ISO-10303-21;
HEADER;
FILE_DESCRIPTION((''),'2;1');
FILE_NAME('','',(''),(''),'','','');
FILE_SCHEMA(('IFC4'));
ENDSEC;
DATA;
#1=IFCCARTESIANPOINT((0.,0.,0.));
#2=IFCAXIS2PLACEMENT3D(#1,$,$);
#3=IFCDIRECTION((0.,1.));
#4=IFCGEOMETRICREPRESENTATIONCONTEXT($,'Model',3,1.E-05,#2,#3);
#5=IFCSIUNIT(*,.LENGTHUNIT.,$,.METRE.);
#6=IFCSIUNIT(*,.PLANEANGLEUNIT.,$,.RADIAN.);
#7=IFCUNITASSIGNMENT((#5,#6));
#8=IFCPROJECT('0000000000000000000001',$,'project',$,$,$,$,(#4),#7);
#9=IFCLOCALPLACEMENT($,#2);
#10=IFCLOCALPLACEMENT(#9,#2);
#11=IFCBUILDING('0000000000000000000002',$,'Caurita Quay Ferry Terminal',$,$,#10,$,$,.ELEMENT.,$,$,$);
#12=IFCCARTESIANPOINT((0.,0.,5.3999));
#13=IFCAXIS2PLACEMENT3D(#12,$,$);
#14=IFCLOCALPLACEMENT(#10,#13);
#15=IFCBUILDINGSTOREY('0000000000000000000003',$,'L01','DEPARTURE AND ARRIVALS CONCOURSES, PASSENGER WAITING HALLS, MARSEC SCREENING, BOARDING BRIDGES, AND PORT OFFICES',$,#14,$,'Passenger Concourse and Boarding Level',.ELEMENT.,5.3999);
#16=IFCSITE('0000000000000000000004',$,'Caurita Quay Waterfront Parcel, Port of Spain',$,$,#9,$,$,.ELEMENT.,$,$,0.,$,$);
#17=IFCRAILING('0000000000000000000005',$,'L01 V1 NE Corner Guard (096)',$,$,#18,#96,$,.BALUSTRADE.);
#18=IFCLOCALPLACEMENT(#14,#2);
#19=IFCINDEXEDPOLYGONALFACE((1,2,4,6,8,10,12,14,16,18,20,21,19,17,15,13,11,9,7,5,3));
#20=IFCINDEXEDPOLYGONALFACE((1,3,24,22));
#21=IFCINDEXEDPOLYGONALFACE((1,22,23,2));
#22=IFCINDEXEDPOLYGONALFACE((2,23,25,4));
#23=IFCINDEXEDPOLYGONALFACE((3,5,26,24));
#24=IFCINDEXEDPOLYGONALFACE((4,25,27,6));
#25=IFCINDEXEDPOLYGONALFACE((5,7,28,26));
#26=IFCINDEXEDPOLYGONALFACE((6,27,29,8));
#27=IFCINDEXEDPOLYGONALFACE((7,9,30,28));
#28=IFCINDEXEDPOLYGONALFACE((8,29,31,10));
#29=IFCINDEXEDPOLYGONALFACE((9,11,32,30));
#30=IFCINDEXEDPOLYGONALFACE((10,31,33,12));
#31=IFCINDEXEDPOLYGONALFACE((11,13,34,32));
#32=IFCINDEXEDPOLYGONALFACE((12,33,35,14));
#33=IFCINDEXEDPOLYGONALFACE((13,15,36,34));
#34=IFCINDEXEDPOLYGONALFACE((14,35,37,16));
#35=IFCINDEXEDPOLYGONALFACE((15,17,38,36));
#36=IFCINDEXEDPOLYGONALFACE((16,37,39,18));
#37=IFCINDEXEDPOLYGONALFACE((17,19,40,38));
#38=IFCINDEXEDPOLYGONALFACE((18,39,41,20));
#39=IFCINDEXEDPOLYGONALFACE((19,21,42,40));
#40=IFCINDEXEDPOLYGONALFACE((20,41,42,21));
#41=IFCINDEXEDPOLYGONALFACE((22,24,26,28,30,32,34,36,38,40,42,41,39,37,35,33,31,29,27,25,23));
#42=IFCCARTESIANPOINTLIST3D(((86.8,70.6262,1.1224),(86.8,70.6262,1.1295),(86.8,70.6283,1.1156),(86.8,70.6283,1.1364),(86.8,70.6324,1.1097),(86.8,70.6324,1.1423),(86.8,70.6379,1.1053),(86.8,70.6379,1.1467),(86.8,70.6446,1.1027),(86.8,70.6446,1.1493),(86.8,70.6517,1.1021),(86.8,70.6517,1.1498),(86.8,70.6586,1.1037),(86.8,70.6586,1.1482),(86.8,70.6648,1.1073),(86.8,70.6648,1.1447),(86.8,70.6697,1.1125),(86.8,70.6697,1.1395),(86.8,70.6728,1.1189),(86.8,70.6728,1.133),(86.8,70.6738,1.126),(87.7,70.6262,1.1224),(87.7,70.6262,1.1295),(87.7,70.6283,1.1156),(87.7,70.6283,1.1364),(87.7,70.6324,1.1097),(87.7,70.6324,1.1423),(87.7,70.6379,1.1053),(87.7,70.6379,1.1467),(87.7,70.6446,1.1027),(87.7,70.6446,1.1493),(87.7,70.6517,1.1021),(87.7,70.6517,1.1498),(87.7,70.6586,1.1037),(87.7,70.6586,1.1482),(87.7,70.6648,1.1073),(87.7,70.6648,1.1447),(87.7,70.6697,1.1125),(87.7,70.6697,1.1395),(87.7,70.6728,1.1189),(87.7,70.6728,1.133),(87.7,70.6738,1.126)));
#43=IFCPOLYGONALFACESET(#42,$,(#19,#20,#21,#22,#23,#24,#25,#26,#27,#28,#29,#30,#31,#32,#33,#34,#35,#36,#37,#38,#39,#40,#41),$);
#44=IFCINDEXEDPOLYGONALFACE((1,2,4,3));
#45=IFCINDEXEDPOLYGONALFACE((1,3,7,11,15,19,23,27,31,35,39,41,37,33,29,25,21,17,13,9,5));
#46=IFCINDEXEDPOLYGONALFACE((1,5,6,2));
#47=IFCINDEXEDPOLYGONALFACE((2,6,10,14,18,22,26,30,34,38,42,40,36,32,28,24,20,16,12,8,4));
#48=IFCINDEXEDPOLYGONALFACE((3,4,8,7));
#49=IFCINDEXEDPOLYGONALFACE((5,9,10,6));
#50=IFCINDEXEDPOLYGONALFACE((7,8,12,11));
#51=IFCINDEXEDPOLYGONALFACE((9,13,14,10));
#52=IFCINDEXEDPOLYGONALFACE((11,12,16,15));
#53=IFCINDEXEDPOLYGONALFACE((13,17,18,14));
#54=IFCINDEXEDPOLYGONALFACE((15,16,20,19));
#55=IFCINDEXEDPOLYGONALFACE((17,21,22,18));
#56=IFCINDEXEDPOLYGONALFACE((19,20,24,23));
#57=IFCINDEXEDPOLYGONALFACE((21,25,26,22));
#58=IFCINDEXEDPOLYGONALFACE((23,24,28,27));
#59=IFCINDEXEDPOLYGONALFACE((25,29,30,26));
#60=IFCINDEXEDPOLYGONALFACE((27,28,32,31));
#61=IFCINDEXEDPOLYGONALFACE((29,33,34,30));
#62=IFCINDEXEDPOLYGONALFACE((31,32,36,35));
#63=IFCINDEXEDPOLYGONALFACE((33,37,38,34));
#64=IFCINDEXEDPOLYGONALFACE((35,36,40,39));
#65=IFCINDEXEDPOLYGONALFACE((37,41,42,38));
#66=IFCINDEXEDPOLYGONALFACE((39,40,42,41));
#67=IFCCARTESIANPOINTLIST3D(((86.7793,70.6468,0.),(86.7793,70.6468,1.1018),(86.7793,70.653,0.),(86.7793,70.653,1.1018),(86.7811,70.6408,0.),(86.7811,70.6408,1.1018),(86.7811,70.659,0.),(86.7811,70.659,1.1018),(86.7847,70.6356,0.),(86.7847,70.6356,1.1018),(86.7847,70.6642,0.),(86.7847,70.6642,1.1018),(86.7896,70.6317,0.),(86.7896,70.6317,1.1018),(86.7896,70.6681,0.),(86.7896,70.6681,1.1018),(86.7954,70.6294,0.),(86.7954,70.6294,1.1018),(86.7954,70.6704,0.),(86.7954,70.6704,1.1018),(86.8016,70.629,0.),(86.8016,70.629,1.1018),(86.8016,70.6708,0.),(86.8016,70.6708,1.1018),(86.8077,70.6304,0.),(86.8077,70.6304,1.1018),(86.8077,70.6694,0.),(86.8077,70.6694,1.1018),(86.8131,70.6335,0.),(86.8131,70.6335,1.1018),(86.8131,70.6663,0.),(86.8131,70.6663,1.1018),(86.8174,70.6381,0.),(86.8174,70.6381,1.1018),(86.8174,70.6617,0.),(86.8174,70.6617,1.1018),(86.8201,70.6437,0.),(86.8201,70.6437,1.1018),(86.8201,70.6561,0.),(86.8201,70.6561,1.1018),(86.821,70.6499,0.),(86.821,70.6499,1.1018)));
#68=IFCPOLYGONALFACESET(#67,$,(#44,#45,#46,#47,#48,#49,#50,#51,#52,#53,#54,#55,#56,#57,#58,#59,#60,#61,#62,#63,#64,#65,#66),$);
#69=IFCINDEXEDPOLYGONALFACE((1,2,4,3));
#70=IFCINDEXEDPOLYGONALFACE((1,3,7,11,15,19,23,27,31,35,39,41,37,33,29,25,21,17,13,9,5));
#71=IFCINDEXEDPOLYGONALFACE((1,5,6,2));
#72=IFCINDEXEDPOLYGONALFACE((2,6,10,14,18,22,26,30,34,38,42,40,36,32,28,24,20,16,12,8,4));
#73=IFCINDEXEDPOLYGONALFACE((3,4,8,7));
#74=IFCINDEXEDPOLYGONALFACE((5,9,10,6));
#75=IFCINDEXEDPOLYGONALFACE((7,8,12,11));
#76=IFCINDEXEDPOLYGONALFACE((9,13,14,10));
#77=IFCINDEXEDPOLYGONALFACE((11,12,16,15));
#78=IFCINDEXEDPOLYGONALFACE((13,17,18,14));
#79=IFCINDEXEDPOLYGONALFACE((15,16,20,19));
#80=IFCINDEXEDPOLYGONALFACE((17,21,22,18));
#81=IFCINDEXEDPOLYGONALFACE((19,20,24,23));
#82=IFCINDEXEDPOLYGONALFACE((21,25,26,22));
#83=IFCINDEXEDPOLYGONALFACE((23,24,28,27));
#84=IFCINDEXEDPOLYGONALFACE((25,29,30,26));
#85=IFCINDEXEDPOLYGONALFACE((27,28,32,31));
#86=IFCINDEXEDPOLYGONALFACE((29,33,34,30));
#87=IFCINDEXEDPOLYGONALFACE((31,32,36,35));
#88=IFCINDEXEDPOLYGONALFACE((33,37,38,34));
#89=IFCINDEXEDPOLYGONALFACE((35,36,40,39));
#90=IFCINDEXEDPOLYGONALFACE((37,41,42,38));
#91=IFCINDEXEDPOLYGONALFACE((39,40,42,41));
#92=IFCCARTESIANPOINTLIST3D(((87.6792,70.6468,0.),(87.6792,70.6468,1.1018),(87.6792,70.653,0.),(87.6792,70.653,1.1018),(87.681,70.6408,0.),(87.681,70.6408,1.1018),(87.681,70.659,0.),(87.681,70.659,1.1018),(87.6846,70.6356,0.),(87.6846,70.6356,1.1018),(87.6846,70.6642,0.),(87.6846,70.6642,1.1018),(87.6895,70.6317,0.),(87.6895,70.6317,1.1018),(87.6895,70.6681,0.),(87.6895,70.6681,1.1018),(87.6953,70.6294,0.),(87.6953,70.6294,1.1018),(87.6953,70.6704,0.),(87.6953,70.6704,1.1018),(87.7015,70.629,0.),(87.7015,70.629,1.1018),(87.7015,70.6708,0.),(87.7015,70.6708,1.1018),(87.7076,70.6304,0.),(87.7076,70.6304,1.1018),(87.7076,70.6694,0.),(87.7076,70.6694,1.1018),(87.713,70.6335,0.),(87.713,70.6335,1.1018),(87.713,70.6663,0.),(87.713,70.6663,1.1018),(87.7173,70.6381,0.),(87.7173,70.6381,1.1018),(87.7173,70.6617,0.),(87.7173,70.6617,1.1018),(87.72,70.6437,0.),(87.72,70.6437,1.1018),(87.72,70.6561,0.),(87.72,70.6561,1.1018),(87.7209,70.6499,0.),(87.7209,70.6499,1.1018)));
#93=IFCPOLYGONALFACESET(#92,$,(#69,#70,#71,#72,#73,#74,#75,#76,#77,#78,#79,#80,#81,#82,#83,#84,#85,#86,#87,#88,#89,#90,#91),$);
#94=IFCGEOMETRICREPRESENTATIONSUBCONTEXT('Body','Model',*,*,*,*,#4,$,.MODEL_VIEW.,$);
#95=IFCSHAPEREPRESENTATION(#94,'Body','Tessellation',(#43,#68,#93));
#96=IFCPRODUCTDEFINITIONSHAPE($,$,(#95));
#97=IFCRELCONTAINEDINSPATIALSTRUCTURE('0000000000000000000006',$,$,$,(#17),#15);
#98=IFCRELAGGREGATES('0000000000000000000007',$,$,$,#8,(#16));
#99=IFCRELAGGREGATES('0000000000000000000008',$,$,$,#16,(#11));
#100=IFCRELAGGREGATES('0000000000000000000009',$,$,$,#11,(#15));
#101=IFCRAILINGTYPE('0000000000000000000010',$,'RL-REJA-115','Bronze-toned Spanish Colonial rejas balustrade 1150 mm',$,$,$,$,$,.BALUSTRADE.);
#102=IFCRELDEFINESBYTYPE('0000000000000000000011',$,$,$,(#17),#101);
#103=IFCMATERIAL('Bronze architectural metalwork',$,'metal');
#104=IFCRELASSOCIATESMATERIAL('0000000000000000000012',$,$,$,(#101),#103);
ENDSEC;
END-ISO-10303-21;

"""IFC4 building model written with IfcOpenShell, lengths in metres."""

from ifc_helpers import new_model, si_unit, direction, frame, origin, origin_2d, place, context, subcontext, project, spatial, circle, extrude, material, type_object, element, save


model = new_model("IFC4")

# Units and contexts
model_context = context("Model", 3, precision=1e-05, world=origin(), true_north=direction((0.0, 1.0)))
body_context = subcontext(model_context, "Body", "Model", "MODEL_VIEW")
ifc_project = project(units=[si_unit("LENGTHUNIT", "METRE"), si_unit("PLANEANGLEUNIT", "RADIAN")], contexts=[model_context])

# Site, building, storey
site_placement = place(None, origin())
site = spatial("IfcSite", under=ifc_project, at=site_placement, Name="Caurita Quay Waterfront Parcel, Port of Spain", CompositionType="ELEMENT", RefElevation=0.0)
building_placement = place(site_placement, origin())
building = spatial("IfcBuilding", under=site, at=building_placement, Name="Caurita Quay Ferry Terminal", CompositionType="ELEMENT")
storey_placement = place(building_placement, frame((0.0, 0.0, 5.3999)))
storey = spatial("IfcBuildingStorey", under=building, at=storey_placement, Name="L01", Description="DEPARTURE AND ARRIVALS CONCOURSES, PASSENGER WAITING HALLS, MARSEC SCREENING, BOARDING BRIDGES, AND PORT OFFICES", LongName="Passenger Concourse and Boarding Level", CompositionType="ELEMENT", Elevation=5.3999)

# Railing
ifc_material_1 = material(Name="Bronze architectural metalwork", Category="metal")
railing_type_1 = type_object("IfcRailingType", Name="RL-REJA-115", Description="Bronze-toned Spanish Colonial rejas balustrade 1150 mm", PredefinedType="BALUSTRADE", material=ifc_material_1)
railing_1_placement = place(storey_placement, frame((86.8, 70.6499, 0.0)))
element("IfcRailing", 1, at=railing_1_placement, inside=storey, type_object=railing_type_1, Name="L01 V1 NE Corner Guard (096)", PredefinedType="BALUSTRADE", context=body_context, shape_type="SweptSolid", body=[
    extrude(circle(Radius=0.0239, at=origin_2d()), frame((0.0, 0.0, 1.126), z_axis=(1.0, 0.0, 0.0), x_axis=(0.0, 1.0, 0.0)), (0.0, 0.0, 1.0), 0.8999),
    extrude(circle(Radius=0.021, at=origin_2d()), origin(), (0.0, 0.0, 1.0), 1.1018),
    extrude(circle(Radius=0.021, at=origin_2d()), frame((0.8999, 0.0, 0.0)), (0.0, 0.0, 1.0), 1.1018),
])

save(model, "model.ifc")
